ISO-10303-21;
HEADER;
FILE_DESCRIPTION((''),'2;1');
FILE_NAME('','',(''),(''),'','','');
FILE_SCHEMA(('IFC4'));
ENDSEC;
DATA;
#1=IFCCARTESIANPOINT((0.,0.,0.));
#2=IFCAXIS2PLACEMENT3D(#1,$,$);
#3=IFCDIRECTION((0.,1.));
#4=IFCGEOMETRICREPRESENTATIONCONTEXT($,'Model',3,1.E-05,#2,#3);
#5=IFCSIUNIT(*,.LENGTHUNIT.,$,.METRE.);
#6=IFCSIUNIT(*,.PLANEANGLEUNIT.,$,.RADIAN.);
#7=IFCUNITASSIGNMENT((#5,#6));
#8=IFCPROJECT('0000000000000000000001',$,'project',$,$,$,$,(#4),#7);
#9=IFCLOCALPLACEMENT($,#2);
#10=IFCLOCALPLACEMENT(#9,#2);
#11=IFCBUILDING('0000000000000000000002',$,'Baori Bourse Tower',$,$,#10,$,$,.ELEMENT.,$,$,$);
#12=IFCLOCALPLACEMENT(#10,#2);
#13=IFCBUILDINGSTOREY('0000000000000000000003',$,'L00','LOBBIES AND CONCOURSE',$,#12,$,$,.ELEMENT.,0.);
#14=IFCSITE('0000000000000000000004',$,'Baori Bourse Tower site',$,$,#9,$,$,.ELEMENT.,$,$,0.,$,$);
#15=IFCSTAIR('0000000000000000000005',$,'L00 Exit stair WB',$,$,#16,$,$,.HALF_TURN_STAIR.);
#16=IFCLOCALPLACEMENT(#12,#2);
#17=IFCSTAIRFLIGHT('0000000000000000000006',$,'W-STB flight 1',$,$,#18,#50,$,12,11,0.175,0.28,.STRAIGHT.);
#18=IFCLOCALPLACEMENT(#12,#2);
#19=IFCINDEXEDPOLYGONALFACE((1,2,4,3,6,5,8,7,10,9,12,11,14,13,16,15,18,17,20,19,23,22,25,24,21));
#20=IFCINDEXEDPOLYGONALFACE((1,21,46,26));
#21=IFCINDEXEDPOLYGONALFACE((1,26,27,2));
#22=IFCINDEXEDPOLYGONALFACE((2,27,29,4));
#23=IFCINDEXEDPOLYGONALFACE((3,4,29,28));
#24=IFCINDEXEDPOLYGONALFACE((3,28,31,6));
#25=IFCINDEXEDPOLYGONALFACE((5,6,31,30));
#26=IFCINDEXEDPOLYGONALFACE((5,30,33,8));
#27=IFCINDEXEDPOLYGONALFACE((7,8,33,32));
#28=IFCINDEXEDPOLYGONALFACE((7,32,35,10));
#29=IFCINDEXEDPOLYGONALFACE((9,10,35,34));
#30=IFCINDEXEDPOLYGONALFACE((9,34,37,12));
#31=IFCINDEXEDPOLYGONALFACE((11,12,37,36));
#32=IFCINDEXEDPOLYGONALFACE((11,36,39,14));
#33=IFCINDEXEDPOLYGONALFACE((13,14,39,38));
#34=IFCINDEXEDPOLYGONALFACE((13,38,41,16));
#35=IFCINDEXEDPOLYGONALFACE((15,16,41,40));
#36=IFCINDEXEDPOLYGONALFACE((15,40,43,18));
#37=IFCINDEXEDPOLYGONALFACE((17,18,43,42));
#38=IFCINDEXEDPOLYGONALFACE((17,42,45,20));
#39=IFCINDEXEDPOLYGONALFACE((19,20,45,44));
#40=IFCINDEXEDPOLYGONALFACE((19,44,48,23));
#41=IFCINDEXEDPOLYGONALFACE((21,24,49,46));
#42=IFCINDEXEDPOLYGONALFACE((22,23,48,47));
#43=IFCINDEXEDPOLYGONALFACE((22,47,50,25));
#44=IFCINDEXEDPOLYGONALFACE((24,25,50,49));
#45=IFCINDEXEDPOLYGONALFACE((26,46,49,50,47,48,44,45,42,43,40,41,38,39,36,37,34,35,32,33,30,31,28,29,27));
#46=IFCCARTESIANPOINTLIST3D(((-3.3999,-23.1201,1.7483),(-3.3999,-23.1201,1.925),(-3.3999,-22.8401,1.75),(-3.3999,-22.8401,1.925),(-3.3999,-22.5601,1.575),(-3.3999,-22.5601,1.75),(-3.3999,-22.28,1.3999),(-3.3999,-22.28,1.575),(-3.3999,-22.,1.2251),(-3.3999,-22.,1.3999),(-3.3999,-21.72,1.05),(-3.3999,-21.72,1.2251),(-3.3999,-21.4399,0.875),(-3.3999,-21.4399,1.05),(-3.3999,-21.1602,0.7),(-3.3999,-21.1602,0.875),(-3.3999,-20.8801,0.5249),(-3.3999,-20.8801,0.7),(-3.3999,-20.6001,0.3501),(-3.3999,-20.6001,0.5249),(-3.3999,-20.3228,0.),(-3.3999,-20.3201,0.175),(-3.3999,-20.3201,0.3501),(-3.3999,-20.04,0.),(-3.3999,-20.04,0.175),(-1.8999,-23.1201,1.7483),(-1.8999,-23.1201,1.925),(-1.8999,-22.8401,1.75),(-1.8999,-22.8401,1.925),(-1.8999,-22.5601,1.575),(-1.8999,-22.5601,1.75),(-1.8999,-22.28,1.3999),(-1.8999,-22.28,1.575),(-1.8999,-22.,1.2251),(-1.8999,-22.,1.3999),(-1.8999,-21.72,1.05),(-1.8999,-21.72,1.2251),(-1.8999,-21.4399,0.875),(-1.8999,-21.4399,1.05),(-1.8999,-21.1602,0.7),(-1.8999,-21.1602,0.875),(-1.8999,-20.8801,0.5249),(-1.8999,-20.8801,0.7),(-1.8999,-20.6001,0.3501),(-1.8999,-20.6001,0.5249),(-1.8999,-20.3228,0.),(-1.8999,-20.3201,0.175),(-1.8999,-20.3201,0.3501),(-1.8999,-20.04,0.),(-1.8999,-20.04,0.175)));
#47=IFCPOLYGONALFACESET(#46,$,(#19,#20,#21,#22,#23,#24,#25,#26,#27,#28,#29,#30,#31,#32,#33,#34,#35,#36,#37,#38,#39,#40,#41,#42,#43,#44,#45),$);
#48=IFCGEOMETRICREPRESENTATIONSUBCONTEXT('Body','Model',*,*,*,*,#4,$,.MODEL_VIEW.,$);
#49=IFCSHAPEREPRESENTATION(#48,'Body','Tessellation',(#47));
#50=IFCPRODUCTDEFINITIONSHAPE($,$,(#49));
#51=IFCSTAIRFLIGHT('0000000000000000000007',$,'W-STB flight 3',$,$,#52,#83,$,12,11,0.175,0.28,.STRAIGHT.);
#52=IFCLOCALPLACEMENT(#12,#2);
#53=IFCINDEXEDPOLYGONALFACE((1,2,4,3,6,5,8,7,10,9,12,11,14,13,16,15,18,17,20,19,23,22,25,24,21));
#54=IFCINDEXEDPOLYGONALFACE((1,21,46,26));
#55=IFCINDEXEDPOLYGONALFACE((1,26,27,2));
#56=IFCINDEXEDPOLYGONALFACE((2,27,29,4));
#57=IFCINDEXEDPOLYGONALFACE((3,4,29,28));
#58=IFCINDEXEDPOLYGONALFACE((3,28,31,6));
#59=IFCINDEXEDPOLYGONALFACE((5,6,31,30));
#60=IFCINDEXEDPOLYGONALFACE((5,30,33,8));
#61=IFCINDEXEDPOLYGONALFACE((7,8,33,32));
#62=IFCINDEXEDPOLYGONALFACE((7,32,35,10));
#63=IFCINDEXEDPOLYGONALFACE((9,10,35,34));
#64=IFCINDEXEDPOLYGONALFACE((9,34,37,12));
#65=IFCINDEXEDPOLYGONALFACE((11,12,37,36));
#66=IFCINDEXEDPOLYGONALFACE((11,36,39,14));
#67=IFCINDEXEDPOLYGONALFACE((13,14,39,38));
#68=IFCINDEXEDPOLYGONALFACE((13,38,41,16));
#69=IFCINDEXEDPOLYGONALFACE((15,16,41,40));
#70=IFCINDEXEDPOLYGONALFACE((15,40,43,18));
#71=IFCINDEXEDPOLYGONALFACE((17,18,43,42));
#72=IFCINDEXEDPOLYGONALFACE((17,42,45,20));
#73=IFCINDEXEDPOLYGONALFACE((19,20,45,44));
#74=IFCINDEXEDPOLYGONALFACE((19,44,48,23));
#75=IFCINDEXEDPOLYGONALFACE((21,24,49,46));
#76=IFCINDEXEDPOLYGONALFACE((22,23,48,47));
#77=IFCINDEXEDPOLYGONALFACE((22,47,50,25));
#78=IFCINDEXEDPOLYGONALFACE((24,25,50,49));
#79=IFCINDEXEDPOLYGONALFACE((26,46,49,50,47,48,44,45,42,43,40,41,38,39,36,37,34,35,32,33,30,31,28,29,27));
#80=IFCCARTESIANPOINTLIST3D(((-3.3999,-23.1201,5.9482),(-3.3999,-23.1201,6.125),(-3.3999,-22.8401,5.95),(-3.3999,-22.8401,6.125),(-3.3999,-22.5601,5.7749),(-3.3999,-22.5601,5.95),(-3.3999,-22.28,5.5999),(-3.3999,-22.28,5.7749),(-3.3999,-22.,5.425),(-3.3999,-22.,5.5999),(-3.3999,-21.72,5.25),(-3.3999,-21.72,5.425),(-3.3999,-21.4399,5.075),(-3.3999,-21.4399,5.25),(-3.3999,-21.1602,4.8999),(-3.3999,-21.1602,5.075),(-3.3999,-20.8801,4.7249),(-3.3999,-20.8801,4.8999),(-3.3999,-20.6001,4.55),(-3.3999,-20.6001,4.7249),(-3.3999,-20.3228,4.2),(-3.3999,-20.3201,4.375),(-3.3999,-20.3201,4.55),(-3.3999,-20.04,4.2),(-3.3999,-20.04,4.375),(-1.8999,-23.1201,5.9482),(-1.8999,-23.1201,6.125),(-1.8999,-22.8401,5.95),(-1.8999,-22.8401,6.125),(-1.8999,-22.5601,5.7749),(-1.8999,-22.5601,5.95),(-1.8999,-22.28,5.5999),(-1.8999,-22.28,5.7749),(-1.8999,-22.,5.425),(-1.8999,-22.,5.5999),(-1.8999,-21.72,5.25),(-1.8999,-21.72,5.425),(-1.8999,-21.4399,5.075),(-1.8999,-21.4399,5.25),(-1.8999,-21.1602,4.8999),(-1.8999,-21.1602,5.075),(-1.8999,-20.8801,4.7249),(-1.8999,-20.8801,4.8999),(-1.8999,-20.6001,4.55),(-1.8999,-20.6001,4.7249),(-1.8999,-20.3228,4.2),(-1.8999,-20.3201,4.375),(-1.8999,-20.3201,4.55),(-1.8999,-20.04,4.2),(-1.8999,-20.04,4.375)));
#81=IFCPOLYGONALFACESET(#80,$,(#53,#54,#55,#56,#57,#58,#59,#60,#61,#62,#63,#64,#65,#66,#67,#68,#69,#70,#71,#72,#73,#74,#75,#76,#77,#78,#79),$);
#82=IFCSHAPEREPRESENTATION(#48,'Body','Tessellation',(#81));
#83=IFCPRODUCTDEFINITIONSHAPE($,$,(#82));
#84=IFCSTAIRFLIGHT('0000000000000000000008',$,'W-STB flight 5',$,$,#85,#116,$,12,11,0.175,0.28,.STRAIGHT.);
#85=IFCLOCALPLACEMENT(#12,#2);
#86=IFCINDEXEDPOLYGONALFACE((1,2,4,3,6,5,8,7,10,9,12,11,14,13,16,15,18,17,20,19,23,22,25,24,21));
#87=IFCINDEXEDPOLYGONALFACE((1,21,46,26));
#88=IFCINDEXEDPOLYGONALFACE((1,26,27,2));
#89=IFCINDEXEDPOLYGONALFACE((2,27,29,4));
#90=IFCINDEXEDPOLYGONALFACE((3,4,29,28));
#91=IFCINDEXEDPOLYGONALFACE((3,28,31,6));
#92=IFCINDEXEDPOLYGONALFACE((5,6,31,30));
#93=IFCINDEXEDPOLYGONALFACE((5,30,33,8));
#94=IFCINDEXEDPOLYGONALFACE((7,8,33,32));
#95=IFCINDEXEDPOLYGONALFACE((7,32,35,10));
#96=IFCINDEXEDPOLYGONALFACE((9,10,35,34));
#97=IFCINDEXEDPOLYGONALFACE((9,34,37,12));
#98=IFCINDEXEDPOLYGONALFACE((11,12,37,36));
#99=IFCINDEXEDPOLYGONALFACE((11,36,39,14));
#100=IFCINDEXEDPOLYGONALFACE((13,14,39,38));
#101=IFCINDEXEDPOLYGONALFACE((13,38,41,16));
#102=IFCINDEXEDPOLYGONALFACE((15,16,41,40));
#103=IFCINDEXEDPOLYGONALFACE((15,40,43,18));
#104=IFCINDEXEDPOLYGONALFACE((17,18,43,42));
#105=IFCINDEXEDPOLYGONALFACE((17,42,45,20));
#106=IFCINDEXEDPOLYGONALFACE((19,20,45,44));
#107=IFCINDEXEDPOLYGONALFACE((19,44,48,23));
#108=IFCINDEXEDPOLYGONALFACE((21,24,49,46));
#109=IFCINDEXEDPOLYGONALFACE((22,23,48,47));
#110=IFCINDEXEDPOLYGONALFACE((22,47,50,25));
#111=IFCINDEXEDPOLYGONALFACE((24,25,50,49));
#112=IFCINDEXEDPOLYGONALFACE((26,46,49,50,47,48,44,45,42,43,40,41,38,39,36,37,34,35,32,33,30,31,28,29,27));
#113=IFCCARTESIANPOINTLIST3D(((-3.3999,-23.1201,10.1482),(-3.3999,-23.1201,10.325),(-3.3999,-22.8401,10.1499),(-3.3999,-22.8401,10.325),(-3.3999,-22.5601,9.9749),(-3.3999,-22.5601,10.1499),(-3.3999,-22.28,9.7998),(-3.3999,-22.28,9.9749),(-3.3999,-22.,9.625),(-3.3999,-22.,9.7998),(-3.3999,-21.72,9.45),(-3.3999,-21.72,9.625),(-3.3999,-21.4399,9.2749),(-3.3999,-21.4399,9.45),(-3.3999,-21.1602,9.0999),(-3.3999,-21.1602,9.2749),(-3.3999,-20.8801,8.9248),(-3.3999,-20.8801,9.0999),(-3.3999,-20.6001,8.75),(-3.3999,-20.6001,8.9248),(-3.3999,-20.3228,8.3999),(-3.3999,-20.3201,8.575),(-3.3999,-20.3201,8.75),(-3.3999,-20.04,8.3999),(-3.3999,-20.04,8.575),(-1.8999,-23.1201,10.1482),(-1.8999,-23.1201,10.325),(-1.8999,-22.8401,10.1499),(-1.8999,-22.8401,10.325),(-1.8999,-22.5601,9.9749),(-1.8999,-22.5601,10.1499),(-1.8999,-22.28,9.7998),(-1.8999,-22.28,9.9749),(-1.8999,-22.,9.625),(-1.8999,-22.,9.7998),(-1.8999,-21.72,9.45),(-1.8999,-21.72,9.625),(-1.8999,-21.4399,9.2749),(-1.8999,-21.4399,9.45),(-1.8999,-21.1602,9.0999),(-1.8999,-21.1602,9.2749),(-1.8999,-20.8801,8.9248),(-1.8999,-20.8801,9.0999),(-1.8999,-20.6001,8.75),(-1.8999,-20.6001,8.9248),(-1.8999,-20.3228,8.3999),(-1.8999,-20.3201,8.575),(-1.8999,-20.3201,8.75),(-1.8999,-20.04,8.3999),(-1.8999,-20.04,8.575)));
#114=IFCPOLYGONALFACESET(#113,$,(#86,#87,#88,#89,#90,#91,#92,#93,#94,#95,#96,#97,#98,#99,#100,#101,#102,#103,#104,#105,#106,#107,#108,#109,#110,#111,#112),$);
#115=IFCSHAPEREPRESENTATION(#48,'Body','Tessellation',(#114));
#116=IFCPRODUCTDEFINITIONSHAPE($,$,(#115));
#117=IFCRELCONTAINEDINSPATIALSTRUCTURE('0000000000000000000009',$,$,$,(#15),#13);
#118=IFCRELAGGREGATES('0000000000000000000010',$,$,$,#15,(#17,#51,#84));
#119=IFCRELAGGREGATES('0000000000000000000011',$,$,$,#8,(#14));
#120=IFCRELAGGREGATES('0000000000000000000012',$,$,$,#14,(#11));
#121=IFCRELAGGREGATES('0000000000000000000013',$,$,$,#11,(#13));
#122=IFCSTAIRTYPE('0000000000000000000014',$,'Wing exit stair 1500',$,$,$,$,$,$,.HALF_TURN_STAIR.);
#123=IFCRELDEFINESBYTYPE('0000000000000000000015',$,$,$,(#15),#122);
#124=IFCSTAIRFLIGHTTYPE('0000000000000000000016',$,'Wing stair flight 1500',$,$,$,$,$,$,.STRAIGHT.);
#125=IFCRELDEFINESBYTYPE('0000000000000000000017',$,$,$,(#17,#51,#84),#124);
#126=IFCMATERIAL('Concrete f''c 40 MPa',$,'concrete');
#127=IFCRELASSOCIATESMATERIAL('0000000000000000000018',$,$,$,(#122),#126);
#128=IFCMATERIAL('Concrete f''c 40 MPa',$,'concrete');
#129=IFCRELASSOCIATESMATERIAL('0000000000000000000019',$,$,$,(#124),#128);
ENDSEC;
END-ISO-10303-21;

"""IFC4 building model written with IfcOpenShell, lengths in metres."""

from ifc_helpers import new_model, si_unit, direction, frame, origin, place, context, subcontext, project, spatial, polyline, outline, extrude, material, type_object, element, aggregate, save


model = new_model("IFC4")

# Units and contexts
model_context = context("Model", 3, precision=1e-05, world=origin(), true_north=direction((0.0, 1.0)))
body_context = subcontext(model_context, "Body", "Model", "MODEL_VIEW")
ifc_project = project(units=[si_unit("LENGTHUNIT", "METRE"), si_unit("PLANEANGLEUNIT", "RADIAN")], contexts=[model_context])

# Site, building, storey
site_placement = place(None, origin())
site = spatial("IfcSite", under=ifc_project, at=site_placement, Name="Baori Bourse Tower site", CompositionType="ELEMENT", RefElevation=0.0)
building_placement = place(site_placement, origin())
building = spatial("IfcBuilding", under=site, at=building_placement, Name="Baori Bourse Tower", CompositionType="ELEMENT")
storey_placement = place(building_placement, origin())
storey = spatial("IfcBuildingStorey", under=building, at=storey_placement, Name="L00", Description="LOBBIES AND CONCOURSE", CompositionType="ELEMENT", Elevation=0.0)

# Stair, stair flights
ifc_material_1 = material(Name="Concrete f'c 40 MPa", Category="concrete")
stair_type = type_object("IfcStairType", Name="Wing exit stair 1500", PredefinedType="HALF_TURN_STAIR", material=ifc_material_1)
stair_placement = place(storey_placement, origin())
stair = element("IfcStair", 1, at=stair_placement, inside=storey, type_object=stair_type, Name="L00 Exit stair WB", PredefinedType="HALF_TURN_STAIR")
ifc_material_2 = material(Name="Concrete f'c 40 MPa", Category="concrete")
stair_flight_type = type_object("IfcStairFlightType", Name="Wing stair flight 1500", PredefinedType="STRAIGHT", material=ifc_material_2)
stair_flight_1_placement = place(storey_placement, frame((-2.6499, -20.04, 0.0), z_axis=(0.0, 0.0, 1.0), x_axis=(0.0, -1.0, 0.0)))
stair_flight_1 = element("IfcStairFlight", 2, at=stair_flight_1_placement, type_object=stair_flight_type, Name="W-STB flight 1", NumberOfRisers=12, NumberOfTreads=11, PredefinedType="STRAIGHT", RiserHeight=0.175, TreadLength=0.28, context=body_context, shape_type="SweptSolid", body=[
    extrude(outline(polyline([(0.0, 0.0), (0.0, 0.175), (0.28, 0.175), (0.28, 0.3501), (0.5601, 0.3501), (0.5601, 0.5249), (0.8401, 0.5249), (0.8401, 0.7), (1.1201, 0.7), (1.1201, 0.875), (1.3999, 0.875), (1.3999, 1.05), (1.6799, 1.05), (1.6799, 1.2251), (1.96, 1.2251), (1.96, 1.3999), (2.24, 1.3999), (2.24, 1.575), (2.52, 1.575), (2.52, 1.75), (2.8, 1.75), (2.8, 1.925), (3.0801, 1.925), (3.0801, 2.1001), (3.0801, 1.7483), (0.2827, 0.0), (0.0, 0.0)])), frame((0.0, 0.75, 0.0), z_axis=(0.0, -1.0, 0.0), x_axis=(1.0, 0.0, 0.0)), (0.0, 0.0, 1.0), 1.5),
])
stair_flight_2_placement = place(storey_placement, frame((-2.6499, -20.04, 4.2), z_axis=(0.0, 0.0, 1.0), x_axis=(0.0, -1.0, 0.0)))
stair_flight_2 = element("IfcStairFlight", 3, at=stair_flight_2_placement, type_object=stair_flight_type, Name="W-STB flight 3", NumberOfRisers=12, NumberOfTreads=11, PredefinedType="STRAIGHT", RiserHeight=0.175, TreadLength=0.28, context=body_context, shape_type="SweptSolid", body=[
    extrude(outline(polyline([(0.0, 0.0), (0.0, 0.175), (0.28, 0.175), (0.28, 0.3501), (0.5601, 0.3501), (0.5601, 0.5249), (0.8401, 0.5249), (0.8401, 0.7), (1.1201, 0.7), (1.1201, 0.875), (1.3999, 0.875), (1.3999, 1.05), (1.6799, 1.05), (1.6799, 1.2251), (1.96, 1.2251), (1.96, 1.3999), (2.24, 1.3999), (2.24, 1.575), (2.52, 1.575), (2.52, 1.75), (2.8, 1.75), (2.8, 1.925), (3.0801, 1.925), (3.0801, 2.1001), (3.0801, 1.7483), (0.2827, 0.0), (0.0, 0.0)])), frame((0.0, 0.75, 0.0), z_axis=(0.0, -1.0, 0.0), x_axis=(1.0, 0.0, 0.0)), (0.0, 0.0, 1.0), 1.5),
])
stair_flight_3_placement = place(storey_placement, frame((-2.6499, -20.04, 8.3999), z_axis=(0.0, 0.0, 1.0), x_axis=(0.0, -1.0, 0.0)))
stair_flight_3 = element("IfcStairFlight", 4, at=stair_flight_3_placement, type_object=stair_flight_type, Name="W-STB flight 5", NumberOfRisers=12, NumberOfTreads=11, PredefinedType="STRAIGHT", RiserHeight=0.175, TreadLength=0.28, context=body_context, shape_type="SweptSolid", body=[
    extrude(outline(polyline([(0.0, 0.0), (0.0, 0.175), (0.28, 0.175), (0.28, 0.3501), (0.5601, 0.3501), (0.5601, 0.5249), (0.8401, 0.5249), (0.8401, 0.7), (1.1201, 0.7), (1.1201, 0.875), (1.3999, 0.875), (1.3999, 1.05), (1.6799, 1.05), (1.6799, 1.2251), (1.96, 1.2251), (1.96, 1.3999), (2.24, 1.3999), (2.24, 1.575), (2.52, 1.575), (2.52, 1.75), (2.8, 1.75), (2.8, 1.925), (3.0801, 1.925), (3.0801, 2.1001), (3.0801, 1.7483), (0.2827, 0.0), (0.0, 0.0)])), frame((0.0, 0.75, 0.0), z_axis=(0.0, -1.0, 0.0), x_axis=(1.0, 0.0, 0.0)), (0.0, 0.0, 1.0), 1.5),
])
aggregate(stair, [stair_flight_1, stair_flight_2, stair_flight_3])

save(model, "model.ifc")
